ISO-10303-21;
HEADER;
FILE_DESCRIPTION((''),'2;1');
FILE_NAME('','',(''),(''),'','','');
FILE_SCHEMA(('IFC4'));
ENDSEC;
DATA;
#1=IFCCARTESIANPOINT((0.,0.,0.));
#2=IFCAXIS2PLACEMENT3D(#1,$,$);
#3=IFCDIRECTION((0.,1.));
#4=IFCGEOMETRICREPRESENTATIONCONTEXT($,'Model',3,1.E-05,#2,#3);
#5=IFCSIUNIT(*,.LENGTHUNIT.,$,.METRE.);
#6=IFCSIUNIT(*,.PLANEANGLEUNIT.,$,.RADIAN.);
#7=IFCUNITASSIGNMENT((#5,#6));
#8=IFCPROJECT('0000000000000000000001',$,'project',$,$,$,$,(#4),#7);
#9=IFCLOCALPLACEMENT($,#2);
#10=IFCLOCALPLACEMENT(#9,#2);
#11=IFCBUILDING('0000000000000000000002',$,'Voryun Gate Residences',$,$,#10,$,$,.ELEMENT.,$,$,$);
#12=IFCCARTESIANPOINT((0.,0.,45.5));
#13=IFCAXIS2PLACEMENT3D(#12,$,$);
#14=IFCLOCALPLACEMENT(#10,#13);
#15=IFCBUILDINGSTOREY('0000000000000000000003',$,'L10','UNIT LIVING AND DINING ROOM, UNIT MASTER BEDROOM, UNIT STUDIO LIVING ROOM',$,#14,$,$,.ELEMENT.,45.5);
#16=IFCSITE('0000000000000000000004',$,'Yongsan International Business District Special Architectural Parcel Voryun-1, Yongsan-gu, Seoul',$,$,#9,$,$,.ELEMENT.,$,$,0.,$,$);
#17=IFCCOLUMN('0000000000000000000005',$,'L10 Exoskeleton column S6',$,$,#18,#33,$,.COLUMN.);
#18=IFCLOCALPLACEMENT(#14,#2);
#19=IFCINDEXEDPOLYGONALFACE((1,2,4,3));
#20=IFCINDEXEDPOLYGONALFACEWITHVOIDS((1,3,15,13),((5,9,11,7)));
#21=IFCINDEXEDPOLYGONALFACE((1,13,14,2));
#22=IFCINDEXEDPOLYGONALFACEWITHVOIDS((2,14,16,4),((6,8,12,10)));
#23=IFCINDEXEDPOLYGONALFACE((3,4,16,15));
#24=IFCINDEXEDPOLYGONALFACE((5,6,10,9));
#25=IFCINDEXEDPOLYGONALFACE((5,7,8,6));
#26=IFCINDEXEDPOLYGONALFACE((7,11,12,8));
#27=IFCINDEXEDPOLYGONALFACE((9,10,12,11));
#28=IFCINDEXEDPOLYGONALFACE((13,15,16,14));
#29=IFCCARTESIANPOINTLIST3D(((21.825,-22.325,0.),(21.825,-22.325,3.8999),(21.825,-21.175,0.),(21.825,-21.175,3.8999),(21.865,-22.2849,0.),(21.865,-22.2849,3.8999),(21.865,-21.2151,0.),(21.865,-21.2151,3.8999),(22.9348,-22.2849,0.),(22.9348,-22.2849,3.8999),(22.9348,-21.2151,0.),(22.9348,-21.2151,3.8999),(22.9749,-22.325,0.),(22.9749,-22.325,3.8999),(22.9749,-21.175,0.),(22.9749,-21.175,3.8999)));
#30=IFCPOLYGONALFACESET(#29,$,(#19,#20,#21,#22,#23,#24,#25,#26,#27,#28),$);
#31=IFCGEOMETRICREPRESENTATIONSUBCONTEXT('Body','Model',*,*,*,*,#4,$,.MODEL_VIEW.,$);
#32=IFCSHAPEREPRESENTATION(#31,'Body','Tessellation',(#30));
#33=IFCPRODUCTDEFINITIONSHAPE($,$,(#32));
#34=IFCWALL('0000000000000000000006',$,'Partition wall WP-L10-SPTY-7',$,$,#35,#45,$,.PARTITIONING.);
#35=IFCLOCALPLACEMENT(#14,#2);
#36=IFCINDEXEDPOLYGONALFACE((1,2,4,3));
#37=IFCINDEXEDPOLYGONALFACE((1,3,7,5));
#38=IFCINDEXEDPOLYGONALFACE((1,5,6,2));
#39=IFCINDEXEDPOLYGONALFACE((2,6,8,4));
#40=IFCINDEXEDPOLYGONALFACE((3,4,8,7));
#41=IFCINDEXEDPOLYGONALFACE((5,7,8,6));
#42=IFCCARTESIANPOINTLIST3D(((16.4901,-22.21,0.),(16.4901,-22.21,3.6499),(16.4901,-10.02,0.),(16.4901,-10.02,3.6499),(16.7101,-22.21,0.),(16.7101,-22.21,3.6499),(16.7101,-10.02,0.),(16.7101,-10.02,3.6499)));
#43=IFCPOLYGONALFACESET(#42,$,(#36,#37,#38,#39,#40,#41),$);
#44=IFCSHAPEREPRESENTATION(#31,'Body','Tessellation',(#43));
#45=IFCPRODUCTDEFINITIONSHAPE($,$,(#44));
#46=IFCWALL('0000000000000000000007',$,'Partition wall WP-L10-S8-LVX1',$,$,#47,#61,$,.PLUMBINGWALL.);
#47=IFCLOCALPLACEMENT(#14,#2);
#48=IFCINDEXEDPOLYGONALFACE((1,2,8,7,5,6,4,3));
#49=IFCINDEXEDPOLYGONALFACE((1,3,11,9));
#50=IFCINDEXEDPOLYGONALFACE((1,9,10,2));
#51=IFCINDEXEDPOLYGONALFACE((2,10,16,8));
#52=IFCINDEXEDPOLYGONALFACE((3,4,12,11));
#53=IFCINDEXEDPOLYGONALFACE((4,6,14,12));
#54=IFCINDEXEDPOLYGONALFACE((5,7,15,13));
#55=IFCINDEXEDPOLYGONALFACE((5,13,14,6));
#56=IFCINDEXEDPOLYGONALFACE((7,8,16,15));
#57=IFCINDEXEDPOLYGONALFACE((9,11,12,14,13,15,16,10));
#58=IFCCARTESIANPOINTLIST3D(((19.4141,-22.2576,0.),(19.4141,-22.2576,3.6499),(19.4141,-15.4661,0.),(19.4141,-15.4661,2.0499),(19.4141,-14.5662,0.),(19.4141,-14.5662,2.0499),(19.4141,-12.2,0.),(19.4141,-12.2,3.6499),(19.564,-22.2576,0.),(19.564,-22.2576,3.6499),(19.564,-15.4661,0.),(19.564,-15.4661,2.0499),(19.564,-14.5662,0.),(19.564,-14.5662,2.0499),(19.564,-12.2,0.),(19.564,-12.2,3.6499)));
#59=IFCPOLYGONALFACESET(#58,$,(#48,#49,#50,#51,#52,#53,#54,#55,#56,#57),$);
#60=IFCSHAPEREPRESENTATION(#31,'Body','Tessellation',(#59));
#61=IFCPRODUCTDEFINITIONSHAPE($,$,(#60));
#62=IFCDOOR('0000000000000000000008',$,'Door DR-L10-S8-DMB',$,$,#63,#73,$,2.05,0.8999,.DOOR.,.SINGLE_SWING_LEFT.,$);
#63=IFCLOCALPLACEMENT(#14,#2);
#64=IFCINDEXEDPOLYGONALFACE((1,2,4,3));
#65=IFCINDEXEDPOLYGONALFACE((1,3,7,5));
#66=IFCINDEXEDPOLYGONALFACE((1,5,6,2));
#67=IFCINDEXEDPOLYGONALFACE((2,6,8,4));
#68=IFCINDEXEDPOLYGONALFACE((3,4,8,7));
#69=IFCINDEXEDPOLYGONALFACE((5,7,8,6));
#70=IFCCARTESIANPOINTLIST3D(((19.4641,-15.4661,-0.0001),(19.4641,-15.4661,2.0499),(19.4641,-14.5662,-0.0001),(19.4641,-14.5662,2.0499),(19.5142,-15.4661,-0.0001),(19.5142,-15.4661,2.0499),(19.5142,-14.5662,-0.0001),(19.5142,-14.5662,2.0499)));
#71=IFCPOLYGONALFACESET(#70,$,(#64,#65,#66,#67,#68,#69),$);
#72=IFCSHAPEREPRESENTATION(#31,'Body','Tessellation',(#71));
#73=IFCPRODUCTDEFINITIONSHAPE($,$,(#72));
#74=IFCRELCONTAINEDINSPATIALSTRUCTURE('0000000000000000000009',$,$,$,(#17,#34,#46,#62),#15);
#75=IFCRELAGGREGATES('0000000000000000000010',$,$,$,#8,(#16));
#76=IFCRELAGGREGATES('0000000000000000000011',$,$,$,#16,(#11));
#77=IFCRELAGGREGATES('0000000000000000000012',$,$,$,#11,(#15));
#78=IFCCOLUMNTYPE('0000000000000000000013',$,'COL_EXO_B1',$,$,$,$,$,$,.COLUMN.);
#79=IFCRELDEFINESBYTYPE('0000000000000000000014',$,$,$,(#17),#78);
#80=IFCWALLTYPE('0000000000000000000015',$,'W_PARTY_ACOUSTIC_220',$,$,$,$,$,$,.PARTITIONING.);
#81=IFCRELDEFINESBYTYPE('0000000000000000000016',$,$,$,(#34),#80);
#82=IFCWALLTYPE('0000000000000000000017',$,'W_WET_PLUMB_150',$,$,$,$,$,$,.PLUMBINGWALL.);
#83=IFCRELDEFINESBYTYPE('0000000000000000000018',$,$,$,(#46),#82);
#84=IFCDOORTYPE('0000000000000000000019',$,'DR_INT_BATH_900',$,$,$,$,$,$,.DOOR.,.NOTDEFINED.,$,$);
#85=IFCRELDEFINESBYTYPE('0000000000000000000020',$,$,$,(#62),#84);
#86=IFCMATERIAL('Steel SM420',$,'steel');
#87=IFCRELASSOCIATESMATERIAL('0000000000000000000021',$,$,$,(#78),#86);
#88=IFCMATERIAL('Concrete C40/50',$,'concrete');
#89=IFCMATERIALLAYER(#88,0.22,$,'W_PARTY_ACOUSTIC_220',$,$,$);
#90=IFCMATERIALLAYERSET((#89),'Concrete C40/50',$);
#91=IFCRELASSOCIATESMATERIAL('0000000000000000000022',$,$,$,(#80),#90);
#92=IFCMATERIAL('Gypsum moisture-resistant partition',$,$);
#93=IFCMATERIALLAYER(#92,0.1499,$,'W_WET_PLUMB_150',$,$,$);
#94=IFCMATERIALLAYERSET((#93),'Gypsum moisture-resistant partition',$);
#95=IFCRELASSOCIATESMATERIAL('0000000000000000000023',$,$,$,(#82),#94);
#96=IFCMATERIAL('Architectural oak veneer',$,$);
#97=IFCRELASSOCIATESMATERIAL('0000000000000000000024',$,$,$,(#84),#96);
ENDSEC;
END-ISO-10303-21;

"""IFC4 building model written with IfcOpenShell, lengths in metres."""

from ifc_helpers import new_model, si_unit, direction, frame, frame_2d, origin, origin_2d, place, context, subcontext, project, spatial, rectangle, hollow_rectangle, extrude, material, layer, layer_set, material_profile, profile_set, type_object, element, fill, save


model = new_model("IFC4")

# Units and contexts
model_context = context("Model", 3, precision=1e-05, world=origin(), true_north=direction((0.0, 1.0)))
body_context = subcontext(model_context, "Body", "Model", "MODEL_VIEW")
ifc_project = project(units=[si_unit("LENGTHUNIT", "METRE"), si_unit("PLANEANGLEUNIT", "RADIAN")], contexts=[model_context])

# Site, building, storey
site_placement = place(None, origin())
site = spatial("IfcSite", under=ifc_project, at=site_placement, Name="Yongsan International Business District Special Architectural Parcel Voryun-1, Yongsan-gu, Seoul", CompositionType="ELEMENT", RefElevation=0.0)
building_placement = place(site_placement, origin())
building = spatial("IfcBuilding", under=site, at=building_placement, Name="Voryun Gate Residences", CompositionType="ELEMENT")
storey_placement = place(building_placement, frame((0.0, 0.0, 45.5)))
storey = spatial("IfcBuildingStorey", under=building, at=storey_placement, Name="L10", Description="UNIT LIVING AND DINING ROOM, UNIT MASTER BEDROOM, UNIT STUDIO LIVING ROOM", CompositionType="ELEMENT", Elevation=45.5)

# Column
ifc_material_1 = material(Name="Steel SM420", Category="steel")
ifc_material_profile = material_profile(ifc_material_1, hollow_rectangle(XDim=1.1499, YDim=1.1499, WallThickness=0.04, at=origin_2d()), Name="BOX-1150x1150x40")
ifc_profile_set = profile_set([ifc_material_profile], Name="Steel SM420")
column_type = type_object("IfcColumnType", Name="COL_EXO_B1", PredefinedType="COLUMN", material=ifc_profile_set)
column_placement = place(storey_placement, frame((22.3999, -21.75, 0.0), z_axis=(0.0, 0.0, 1.0), x_axis=(1.0, 0.0, 0.0)))
element("IfcColumn", 1, at=column_placement, inside=storey, type_object=column_type, Name="L10 Exoskeleton column S6", PredefinedType="COLUMN", context=body_context, shape_type="SweptSolid", body=[
    extrude(hollow_rectangle(XDim=1.1499, YDim=1.1499, WallThickness=0.04, at=origin_2d()), origin(), (0.0, 0.0, 1.0), 3.8999),
])

# Wall
ifc_material_2 = material(Name="Concrete C40/50", Category="concrete")
ifc_layer_1 = layer(ifc_material_2, 0.22, Name="W_PARTY_ACOUSTIC_220")
ifc_layer_set_1 = layer_set([ifc_layer_1], Name="Concrete C40/50")
wall_type_1 = type_object("IfcWallType", Name="W_PARTY_ACOUSTIC_220", PredefinedType="PARTITIONING", material=ifc_layer_set_1)
wall_1_placement = place(storey_placement, frame((16.6001, -22.21, 0.0), z_axis=(0.0, 0.0, 1.0), x_axis=(0.0, 1.0, 0.0)))
element("IfcWall", 2, at=wall_1_placement, inside=storey, type_object=wall_type_1, Name="Partition wall WP-L10-SPTY-7", PredefinedType="PARTITIONING", context=body_context, shape_type="SweptSolid", body=[
    extrude(rectangle(XDim=12.1899, YDim=0.22, at=frame_2d((6.095, 0.0))), origin(), (0.0, 0.0, 1.0), 3.6499),
])

# Wall, opening, door
ifc_material_3 = material(Name="Gypsum moisture-resistant partition")
ifc_layer_2 = layer(ifc_material_3, 0.1499, Name="W_WET_PLUMB_150")
ifc_layer_set_2 = layer_set([ifc_layer_2], Name="Gypsum moisture-resistant partition")
wall_type_2 = type_object("IfcWallType", Name="W_WET_PLUMB_150", PredefinedType="PLUMBINGWALL", material=ifc_layer_set_2)
wall_2_placement = place(storey_placement, frame((19.489, -22.2576, 0.0), z_axis=(0.0, 0.0, 1.0), x_axis=(0.0, 1.0, 0.0)))
wall_2 = element("IfcWall", 3, at=wall_2_placement, inside=storey, type_object=wall_type_2, Name="Partition wall WP-L10-S8-LVX1", PredefinedType="PLUMBINGWALL", context=body_context, shape_type="SweptSolid", body=[
    extrude(rectangle(XDim=10.0576, YDim=0.1499, at=frame_2d((5.0288, 0.0))), origin(), (0.0, 0.0, 1.0), 3.6499),
])
opening_1_placement = place(wall_2_placement, frame((6.7915, 0.0, 0.0)))
opening_1 = element("IfcOpeningElement", 4, at=opening_1_placement, cuts=wall_2, PredefinedType="OPENING", context=body_context, shape_type="SweptSolid", body=[
    extrude(rectangle(XDim=0.8999, YDim=2.05, at=frame_2d((0.45, 1.0249))), frame((0.0, 0.085, 0.0), z_axis=(0.0, -1.0, 0.0), x_axis=(1.0, 0.0, 0.0)), (0.0, 0.0, 1.0), 0.1699),
])
ifc_material_4 = material(Name="Architectural oak veneer")
door_type = type_object("IfcDoorType", Name="DR_INT_BATH_900", OperationType="NOTDEFINED", PredefinedType="DOOR", material=ifc_material_4)
door_placement = place(opening_1_placement, origin())
door = element("IfcDoor", 5, at=door_placement, inside=storey, type_object=door_type, Name="Door DR-L10-S8-DMB", OperationType="SINGLE_SWING_LEFT", OverallHeight=2.05, OverallWidth=0.8999, PredefinedType="DOOR", context=body_context, shape_type="SweptSolid", body=[
    extrude(rectangle(XDim=0.8999, YDim=2.05, at=frame_2d((0.45, 1.0249))), frame((0.0, 0.0249, 0.0), z_axis=(0.0, -1.0, 0.0), x_axis=(1.0, 0.0, 0.0)), (0.0, 0.0, 1.0), 0.05),
])
fill(opening_1, door)

save(model, "model.ifc")
